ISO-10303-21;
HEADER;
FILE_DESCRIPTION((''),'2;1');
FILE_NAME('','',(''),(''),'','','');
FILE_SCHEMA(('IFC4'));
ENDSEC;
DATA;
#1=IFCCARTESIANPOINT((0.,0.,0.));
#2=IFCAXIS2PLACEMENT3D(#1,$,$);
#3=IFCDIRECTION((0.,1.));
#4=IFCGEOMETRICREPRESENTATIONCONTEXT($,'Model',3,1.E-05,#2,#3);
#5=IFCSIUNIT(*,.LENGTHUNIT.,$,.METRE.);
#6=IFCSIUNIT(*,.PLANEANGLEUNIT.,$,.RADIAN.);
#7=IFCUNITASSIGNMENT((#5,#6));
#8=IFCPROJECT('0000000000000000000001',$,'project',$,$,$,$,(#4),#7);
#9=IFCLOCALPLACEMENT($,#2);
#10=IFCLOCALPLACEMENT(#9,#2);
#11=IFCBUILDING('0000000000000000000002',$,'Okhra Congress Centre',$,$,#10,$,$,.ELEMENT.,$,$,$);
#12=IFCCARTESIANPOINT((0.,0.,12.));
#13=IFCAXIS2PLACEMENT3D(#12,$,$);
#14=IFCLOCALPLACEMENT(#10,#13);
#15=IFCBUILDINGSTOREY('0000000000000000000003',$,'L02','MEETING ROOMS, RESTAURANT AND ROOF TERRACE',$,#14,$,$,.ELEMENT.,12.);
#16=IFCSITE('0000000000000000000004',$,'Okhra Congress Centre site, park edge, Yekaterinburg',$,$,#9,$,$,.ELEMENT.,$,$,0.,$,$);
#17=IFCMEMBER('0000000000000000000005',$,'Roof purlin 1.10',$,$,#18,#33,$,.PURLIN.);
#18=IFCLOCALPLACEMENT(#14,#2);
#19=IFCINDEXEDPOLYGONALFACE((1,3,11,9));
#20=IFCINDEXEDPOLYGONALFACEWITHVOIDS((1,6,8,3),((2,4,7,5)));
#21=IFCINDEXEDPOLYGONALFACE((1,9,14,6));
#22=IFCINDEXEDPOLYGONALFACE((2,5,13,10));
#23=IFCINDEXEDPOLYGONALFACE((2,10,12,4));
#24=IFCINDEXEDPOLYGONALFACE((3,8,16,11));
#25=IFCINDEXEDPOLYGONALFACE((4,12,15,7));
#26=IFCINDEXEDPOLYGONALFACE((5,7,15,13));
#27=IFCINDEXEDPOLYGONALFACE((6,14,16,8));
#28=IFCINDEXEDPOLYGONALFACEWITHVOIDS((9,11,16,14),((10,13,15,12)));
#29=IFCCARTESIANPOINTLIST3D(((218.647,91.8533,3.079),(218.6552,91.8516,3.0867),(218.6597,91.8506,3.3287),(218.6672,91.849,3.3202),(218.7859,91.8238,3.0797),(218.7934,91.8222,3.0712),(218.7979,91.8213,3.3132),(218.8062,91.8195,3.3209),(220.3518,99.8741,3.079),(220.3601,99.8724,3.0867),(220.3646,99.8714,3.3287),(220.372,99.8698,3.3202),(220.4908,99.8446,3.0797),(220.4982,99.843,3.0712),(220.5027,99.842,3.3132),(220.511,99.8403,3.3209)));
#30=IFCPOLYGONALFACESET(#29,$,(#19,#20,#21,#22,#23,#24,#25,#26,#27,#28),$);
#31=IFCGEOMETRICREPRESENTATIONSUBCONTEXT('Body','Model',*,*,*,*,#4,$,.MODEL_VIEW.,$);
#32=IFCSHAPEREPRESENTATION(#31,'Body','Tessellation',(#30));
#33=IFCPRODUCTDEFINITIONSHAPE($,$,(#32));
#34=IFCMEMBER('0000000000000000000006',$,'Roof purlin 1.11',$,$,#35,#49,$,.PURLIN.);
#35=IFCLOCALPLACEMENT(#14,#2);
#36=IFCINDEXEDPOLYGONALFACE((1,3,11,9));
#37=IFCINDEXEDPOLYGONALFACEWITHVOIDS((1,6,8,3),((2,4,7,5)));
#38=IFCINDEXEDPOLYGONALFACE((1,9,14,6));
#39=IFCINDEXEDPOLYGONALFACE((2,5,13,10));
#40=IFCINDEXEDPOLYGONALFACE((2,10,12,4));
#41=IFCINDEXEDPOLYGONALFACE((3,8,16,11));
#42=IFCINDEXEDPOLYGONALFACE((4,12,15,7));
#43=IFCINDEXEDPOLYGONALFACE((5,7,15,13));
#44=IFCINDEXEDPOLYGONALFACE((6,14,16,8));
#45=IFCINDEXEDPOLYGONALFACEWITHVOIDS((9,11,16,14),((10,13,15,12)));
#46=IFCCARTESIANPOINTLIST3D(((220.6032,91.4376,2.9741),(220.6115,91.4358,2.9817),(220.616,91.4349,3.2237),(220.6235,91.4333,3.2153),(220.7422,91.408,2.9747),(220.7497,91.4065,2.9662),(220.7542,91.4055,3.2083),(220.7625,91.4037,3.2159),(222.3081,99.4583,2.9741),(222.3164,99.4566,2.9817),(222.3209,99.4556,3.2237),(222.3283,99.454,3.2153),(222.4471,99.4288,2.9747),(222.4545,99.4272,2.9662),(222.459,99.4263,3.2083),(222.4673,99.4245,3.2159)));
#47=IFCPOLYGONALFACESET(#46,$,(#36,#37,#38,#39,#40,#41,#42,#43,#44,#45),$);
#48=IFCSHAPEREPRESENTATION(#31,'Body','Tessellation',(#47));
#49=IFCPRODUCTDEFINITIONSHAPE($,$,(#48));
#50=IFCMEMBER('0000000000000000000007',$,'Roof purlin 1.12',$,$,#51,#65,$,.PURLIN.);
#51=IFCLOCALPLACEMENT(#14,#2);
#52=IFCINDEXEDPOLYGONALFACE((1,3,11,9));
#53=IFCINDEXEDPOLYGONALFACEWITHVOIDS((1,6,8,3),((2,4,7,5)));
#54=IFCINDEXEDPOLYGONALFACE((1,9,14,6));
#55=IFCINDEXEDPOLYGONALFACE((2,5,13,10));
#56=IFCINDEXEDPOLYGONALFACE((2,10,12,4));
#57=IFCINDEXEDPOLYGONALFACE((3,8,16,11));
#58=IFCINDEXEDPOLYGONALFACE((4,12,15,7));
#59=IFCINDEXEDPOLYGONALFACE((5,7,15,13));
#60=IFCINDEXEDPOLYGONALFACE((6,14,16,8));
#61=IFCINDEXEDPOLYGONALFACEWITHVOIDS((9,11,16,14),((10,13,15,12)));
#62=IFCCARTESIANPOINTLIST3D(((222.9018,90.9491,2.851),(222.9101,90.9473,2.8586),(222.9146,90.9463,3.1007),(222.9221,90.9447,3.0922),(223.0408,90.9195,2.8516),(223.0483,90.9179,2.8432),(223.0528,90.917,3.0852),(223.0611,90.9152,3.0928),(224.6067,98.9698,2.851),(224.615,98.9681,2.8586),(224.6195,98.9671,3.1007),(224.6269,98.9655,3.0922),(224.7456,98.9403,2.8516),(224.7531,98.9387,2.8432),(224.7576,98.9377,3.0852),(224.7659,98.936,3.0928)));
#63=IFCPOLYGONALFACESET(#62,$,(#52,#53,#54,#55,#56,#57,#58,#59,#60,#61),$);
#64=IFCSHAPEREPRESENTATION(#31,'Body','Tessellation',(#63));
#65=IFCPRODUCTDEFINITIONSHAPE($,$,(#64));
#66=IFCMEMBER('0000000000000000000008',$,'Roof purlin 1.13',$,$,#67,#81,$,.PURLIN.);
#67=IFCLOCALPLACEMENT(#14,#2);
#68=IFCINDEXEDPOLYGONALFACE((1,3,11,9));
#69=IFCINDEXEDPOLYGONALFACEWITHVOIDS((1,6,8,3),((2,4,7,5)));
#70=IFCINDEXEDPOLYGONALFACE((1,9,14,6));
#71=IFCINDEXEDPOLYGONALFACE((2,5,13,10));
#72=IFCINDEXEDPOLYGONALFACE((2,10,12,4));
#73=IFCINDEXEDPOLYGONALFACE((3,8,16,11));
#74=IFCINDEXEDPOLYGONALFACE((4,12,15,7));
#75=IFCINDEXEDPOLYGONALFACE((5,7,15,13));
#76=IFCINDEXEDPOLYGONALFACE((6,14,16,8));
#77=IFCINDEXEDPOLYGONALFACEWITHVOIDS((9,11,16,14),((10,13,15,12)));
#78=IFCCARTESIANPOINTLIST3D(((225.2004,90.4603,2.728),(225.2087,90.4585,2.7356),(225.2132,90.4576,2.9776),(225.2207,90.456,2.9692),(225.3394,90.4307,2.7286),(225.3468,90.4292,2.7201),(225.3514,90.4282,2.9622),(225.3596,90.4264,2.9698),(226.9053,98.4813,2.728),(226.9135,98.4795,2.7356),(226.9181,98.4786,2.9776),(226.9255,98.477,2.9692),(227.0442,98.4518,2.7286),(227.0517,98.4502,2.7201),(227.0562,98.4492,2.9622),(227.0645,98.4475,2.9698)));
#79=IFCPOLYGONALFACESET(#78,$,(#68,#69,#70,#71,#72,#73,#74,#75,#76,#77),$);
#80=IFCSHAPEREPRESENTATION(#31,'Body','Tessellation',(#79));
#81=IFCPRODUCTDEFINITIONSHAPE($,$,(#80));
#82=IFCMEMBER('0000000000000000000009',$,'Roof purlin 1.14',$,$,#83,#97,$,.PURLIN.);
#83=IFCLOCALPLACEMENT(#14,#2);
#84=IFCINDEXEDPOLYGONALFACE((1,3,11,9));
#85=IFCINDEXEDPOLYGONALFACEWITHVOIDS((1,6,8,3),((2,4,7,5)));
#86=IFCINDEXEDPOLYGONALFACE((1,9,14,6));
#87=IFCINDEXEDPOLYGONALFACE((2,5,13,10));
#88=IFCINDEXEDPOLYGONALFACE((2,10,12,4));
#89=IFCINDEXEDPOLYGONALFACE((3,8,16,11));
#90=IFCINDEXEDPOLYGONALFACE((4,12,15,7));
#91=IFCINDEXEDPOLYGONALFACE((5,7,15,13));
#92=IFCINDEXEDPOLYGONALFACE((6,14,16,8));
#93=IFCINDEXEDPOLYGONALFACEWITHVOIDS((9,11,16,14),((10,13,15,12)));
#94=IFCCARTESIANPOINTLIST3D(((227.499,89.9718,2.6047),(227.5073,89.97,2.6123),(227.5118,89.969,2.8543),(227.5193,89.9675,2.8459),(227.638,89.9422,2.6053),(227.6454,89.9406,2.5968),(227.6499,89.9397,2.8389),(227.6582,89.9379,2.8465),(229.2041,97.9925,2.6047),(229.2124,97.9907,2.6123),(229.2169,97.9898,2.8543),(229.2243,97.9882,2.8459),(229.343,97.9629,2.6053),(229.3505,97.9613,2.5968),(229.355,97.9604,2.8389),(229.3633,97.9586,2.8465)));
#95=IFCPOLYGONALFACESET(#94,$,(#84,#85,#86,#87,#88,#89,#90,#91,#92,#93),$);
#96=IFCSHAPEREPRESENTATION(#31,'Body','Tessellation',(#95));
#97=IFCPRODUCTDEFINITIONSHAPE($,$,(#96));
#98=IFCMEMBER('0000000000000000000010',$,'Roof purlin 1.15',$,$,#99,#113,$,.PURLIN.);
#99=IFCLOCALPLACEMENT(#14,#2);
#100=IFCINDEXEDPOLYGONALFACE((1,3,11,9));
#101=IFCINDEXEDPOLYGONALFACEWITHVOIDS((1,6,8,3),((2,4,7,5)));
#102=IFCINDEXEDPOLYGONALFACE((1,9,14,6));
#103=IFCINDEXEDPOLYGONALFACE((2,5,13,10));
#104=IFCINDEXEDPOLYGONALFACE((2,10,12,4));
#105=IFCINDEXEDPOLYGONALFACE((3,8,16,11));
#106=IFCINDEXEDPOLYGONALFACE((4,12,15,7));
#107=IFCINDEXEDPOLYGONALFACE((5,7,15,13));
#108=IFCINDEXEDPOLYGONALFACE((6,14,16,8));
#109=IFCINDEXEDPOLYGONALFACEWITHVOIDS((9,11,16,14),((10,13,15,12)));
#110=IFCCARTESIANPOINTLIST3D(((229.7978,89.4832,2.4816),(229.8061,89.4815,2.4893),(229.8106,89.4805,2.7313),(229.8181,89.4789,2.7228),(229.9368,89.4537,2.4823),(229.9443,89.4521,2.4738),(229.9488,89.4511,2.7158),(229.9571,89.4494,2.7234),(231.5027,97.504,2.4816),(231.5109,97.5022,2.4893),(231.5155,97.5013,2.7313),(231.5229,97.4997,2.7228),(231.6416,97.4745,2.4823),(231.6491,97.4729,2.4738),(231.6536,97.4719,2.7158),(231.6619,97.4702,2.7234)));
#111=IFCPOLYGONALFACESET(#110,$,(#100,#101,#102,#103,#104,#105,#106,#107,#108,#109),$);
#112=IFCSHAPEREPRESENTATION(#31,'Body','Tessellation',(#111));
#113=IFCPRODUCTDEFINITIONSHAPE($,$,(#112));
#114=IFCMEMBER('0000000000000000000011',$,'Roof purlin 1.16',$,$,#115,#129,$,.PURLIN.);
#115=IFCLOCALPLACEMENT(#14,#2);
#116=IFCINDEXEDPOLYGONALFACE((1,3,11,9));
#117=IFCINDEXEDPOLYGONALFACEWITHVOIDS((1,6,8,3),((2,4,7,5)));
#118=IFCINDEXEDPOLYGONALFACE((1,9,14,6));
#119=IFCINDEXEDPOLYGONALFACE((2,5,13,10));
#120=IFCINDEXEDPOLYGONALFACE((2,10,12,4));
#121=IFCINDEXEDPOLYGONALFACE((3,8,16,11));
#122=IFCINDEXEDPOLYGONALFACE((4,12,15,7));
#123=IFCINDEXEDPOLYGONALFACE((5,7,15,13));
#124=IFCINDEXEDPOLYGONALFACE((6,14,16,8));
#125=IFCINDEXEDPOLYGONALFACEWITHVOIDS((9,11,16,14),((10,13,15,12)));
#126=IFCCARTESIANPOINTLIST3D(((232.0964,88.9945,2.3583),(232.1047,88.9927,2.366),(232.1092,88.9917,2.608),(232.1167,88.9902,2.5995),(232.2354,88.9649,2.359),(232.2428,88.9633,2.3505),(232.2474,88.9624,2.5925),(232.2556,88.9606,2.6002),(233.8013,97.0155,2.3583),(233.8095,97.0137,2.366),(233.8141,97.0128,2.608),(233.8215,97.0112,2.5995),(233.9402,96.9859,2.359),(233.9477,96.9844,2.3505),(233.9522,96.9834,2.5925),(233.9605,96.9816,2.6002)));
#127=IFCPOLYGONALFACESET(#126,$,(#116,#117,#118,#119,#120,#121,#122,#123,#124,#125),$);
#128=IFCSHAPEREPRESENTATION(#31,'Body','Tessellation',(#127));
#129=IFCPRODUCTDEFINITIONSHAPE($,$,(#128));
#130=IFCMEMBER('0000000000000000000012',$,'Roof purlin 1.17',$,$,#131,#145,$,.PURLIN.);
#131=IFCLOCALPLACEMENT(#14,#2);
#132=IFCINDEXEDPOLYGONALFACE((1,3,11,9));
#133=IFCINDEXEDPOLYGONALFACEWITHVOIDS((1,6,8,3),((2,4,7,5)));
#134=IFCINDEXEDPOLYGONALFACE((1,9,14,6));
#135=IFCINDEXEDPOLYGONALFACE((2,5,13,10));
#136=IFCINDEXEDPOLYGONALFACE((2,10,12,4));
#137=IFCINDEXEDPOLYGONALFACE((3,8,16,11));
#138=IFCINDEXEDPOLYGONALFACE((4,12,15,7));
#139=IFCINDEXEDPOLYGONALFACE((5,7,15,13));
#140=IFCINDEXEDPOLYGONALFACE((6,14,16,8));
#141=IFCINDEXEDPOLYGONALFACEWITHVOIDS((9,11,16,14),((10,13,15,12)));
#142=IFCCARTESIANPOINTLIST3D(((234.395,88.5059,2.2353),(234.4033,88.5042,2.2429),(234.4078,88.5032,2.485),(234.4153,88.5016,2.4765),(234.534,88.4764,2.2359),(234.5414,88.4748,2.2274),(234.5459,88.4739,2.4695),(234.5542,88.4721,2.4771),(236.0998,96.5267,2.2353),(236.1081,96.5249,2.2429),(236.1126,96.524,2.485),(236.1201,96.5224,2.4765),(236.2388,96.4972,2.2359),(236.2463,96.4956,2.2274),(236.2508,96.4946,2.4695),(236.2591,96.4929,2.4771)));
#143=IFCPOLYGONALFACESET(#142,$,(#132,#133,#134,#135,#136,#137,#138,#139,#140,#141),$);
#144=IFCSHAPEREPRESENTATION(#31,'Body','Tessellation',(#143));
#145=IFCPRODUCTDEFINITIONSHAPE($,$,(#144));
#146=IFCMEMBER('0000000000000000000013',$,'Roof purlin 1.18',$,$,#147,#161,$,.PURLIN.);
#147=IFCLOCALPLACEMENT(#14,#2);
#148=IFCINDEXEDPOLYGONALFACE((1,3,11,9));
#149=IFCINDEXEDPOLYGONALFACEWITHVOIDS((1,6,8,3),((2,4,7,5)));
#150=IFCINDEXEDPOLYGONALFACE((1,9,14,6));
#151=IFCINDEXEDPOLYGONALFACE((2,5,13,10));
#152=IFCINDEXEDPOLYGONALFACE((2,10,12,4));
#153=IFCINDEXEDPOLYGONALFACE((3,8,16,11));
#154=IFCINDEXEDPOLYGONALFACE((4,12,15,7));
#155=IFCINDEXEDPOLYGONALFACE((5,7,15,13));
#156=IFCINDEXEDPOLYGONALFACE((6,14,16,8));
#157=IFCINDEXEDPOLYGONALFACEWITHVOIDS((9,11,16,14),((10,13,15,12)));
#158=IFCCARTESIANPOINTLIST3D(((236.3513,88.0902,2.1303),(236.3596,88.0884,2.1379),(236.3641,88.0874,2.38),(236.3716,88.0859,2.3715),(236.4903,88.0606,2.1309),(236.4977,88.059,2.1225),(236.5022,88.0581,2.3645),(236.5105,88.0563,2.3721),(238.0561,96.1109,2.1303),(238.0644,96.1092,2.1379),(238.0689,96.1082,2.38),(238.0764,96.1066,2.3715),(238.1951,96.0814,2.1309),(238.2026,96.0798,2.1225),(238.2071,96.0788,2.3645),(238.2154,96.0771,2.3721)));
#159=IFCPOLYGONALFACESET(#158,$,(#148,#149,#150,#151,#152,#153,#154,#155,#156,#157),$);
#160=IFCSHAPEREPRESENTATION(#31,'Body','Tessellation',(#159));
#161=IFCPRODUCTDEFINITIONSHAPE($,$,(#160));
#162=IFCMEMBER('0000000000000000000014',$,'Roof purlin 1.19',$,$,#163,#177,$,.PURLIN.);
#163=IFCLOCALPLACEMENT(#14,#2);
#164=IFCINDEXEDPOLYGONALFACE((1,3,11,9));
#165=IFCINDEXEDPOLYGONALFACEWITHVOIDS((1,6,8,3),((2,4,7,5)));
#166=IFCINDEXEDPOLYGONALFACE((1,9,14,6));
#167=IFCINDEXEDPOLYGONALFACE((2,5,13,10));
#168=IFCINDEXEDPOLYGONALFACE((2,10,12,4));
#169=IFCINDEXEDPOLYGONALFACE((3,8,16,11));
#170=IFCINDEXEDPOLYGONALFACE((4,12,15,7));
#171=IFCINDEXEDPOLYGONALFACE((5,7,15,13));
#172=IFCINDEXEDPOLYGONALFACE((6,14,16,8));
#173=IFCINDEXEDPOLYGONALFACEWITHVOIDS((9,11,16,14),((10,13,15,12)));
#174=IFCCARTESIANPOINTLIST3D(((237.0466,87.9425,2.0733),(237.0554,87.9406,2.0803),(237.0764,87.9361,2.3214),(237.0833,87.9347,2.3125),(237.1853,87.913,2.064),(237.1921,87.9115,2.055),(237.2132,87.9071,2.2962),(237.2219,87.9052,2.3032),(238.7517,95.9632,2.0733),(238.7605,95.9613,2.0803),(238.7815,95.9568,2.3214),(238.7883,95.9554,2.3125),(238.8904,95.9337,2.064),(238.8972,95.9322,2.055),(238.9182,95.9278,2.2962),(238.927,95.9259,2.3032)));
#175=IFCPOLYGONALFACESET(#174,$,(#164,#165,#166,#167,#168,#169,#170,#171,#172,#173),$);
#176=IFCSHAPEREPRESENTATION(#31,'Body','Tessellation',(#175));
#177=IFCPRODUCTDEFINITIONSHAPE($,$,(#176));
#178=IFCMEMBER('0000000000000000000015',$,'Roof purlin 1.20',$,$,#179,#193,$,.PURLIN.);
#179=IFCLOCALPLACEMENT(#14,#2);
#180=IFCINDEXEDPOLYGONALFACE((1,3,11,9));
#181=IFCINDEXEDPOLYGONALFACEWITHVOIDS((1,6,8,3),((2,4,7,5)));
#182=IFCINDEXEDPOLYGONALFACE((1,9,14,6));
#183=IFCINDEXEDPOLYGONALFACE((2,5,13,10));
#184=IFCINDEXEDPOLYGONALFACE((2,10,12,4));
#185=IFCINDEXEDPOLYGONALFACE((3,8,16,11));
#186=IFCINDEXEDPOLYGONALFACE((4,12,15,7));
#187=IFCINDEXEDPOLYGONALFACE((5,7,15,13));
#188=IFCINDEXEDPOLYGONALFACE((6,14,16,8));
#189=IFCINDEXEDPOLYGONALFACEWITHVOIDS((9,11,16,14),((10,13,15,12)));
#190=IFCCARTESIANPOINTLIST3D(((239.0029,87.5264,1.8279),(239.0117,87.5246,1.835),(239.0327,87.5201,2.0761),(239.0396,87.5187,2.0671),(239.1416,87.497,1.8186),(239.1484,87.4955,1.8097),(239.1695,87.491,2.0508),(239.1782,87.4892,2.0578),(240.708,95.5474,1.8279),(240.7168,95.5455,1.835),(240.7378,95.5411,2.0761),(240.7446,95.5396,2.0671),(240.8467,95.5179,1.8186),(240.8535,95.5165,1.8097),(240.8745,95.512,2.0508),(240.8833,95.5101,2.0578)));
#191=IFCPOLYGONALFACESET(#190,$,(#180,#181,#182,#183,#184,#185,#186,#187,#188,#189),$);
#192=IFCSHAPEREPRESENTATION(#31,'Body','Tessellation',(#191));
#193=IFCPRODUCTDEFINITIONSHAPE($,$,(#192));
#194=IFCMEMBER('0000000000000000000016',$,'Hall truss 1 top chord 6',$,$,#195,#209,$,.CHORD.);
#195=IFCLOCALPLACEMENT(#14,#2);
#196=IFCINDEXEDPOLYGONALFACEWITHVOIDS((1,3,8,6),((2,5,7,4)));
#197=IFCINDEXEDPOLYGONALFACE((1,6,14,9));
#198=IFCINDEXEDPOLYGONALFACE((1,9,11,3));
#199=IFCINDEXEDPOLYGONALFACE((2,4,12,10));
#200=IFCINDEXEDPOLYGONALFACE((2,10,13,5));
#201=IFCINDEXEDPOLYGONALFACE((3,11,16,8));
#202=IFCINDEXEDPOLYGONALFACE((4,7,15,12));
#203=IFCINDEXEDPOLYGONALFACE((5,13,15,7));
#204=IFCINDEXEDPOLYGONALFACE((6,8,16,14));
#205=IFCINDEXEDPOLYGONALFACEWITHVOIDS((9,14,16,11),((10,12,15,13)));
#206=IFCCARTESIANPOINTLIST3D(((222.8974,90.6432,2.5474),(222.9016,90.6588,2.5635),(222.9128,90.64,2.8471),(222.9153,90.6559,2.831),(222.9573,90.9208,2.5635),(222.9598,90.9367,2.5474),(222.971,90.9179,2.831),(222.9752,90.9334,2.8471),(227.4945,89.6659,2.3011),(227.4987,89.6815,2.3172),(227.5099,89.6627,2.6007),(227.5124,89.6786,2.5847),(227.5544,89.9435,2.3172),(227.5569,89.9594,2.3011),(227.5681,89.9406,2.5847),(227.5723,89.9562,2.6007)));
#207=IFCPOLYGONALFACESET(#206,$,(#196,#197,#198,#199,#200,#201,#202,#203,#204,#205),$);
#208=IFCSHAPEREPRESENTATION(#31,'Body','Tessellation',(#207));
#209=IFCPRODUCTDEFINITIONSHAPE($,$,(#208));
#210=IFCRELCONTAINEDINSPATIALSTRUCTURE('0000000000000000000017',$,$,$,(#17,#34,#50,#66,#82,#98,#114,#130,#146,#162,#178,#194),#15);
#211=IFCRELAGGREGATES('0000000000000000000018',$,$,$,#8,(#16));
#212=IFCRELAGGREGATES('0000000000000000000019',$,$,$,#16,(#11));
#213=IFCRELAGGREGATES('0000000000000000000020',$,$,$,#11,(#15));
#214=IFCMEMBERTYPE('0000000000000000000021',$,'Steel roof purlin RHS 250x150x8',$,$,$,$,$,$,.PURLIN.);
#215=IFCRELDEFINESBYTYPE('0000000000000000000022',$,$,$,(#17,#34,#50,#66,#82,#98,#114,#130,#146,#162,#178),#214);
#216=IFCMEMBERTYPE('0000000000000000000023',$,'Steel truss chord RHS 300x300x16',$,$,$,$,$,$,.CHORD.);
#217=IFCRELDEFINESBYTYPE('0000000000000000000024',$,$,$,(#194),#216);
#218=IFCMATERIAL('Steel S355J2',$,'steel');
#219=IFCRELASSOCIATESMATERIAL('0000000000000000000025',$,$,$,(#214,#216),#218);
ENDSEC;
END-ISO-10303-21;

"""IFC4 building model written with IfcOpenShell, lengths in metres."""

from ifc_helpers import new_model, si_unit, direction, frame, origin, origin_2d, place, context, subcontext, project, spatial, hollow_rectangle, extrude, material, material_profile, profile_set, type_object, element, save


model = new_model("IFC4")

# Units and contexts
model_context = context("Model", 3, precision=1e-05, world=origin(), true_north=direction((0.0, 1.0)))
body_context = subcontext(model_context, "Body", "Model", "MODEL_VIEW")
ifc_project = project(units=[si_unit("LENGTHUNIT", "METRE"), si_unit("PLANEANGLEUNIT", "RADIAN")], contexts=[model_context])

# Site, building, storey
site_placement = place(None, origin())
site = spatial("IfcSite", under=ifc_project, at=site_placement, Name="Okhra Congress Centre site, park edge, Yekaterinburg", CompositionType="ELEMENT", RefElevation=0.0)
building_placement = place(site_placement, origin())
building = spatial("IfcBuilding", under=site, at=building_placement, Name="Okhra Congress Centre", CompositionType="ELEMENT")
storey_placement = place(building_placement, frame((0.0, 0.0, 12.0)))
storey = spatial("IfcBuildingStorey", under=building, at=storey_placement, Name="L02", Description="MEETING ROOMS, RESTAURANT AND ROOF TERRACE", CompositionType="ELEMENT", Elevation=12.0)

# Members
ifc_material_1 = material(Name="Steel S355J2", Category="steel")
ifc_material_profile_1 = material_profile(ifc_material_1, hollow_rectangle(XDim=0.1499, YDim=0.25, WallThickness=0.0081, at=origin_2d()), Name="RHS 250x150x8")
ifc_profile_set_1 = profile_set([ifc_material_profile_1], Name="Steel S355J2")
member_type_1 = type_object("IfcMemberType", Name="Steel roof purlin RHS 250x150x8", PredefinedType="PURLIN", material=ifc_profile_set_1)
for number, where, z_axis, x_axis, name in (
    (1, (218.7266, 91.8364, 3.2), (0.207908, 0.978148, 0.0), (-0.976808, 0.207623, 0.052336), "Roof purlin 1.10"),
    (2, (220.6829, 91.4207, 3.095), (0.207908, 0.978148, 0.0), (-0.976808, 0.207623, 0.052336), "Roof purlin 1.11"),
    (3, (222.9814, 90.9321, 2.9719), (0.207908, 0.978148, 0.0), (-0.976808, 0.207623, 0.052336), "Roof purlin 1.12"),
):
    element("IfcMember", number, at=place(storey_placement, frame(where, z_axis=z_axis, x_axis=x_axis)), inside=storey, type_object=member_type_1, Name=name, PredefinedType="PURLIN", context=body_context, shape_type="SweptSolid", body=[
        extrude(hollow_rectangle(XDim=0.1499, YDim=0.25, WallThickness=0.0081, at=origin_2d()), origin(), (0.0, 0.0, 1.0), 8.2),
    ])
member_1_placement = place(storey_placement, frame((225.28, 90.4434, 2.8489), z_axis=(0.207902, 0.97815, 0.0), x_axis=(-0.976809, 0.207617, 0.052336)))
element("IfcMember", 4, at=member_1_placement, inside=storey, type_object=member_type_1, Name="Roof purlin 1.13", PredefinedType="PURLIN", context=body_context, shape_type="SweptSolid", body=[
    extrude(hollow_rectangle(XDim=0.1499, YDim=0.25, WallThickness=0.0081, at=origin_2d()), origin(), (0.0, 0.0, 1.0), 8.2002),
])
for number, where, z_axis, x_axis, name in (
    (5, (227.5786, 89.9548, 2.7256), (0.207937, 0.978142, 0.0), (-0.976802, 0.207652, 0.052336), "Roof purlin 1.14"),
    (6, (229.8774, 89.4663, 2.6025), (0.207908, 0.978148, 0.0), (-0.976808, 0.207623, 0.052336), "Roof purlin 1.15"),
):
    element("IfcMember", number, at=place(storey_placement, frame(where, z_axis=z_axis, x_axis=x_axis)), inside=storey, type_object=member_type_1, Name=name, PredefinedType="PURLIN", context=body_context, shape_type="SweptSolid", body=[
        extrude(hollow_rectangle(XDim=0.1499, YDim=0.25, WallThickness=0.0081, at=origin_2d()), origin(), (0.0, 0.0, 1.0), 8.2),
    ])
member_2_placement = place(storey_placement, frame((232.176, 88.9775, 2.4792), z_axis=(0.207902, 0.97815, 0.0), x_axis=(-0.976809, 0.207617, 0.052336)))
element("IfcMember", 7, at=member_2_placement, inside=storey, type_object=member_type_1, Name="Roof purlin 1.16", PredefinedType="PURLIN", context=body_context, shape_type="SweptSolid", body=[
    extrude(hollow_rectangle(XDim=0.1499, YDim=0.25, WallThickness=0.0081, at=origin_2d()), origin(), (0.0, 0.0, 1.0), 8.2002),
])
for number, where, z_axis, x_axis, name in (
    (8, (234.4746, 88.489, 2.3562), (0.207908, 0.978148, 0.0), (-0.976808, 0.207623, 0.052336), "Roof purlin 1.17"),
    (9, (236.4309, 88.0732, 2.2512), (0.207908, 0.978148, 0.0), (-0.976808, 0.207623, 0.052336), "Roof purlin 1.18"),
    (10, (237.1343, 87.9238, 2.1882), (0.207937, 0.978142, 0.0), (-0.970851, 0.206387, 0.121869), "Roof purlin 1.19"),
):
    element("IfcMember", number, at=place(storey_placement, frame(where, z_axis=z_axis, x_axis=x_axis)), inside=storey, type_object=member_type_1, Name=name, PredefinedType="PURLIN", context=body_context, shape_type="SweptSolid", body=[
        extrude(hollow_rectangle(XDim=0.1499, YDim=0.25, WallThickness=0.0081, at=origin_2d()), origin(), (0.0, 0.0, 1.0), 8.2),
    ])
member_3_placement = place(storey_placement, frame((239.0906, 87.5078, 1.9429), z_axis=(0.207931, 0.978144, 0.0), x_axis=(-0.970853, 0.206381, 0.121869)))
element("IfcMember", 11, at=member_3_placement, inside=storey, type_object=member_type_1, Name="Roof purlin 1.20", PredefinedType="PURLIN", context=body_context, shape_type="SweptSolid", body=[
    extrude(hollow_rectangle(XDim=0.1499, YDim=0.25, WallThickness=0.0081, at=origin_2d()), origin(), (0.0, 0.0, 1.0), 8.2002),
])
ifc_material_profile_2 = material_profile(ifc_material_1, hollow_rectangle(XDim=0.3, YDim=0.3, WallThickness=0.0161, at=origin_2d()), Name="RHS 300x300x16")
ifc_profile_set_2 = profile_set([ifc_material_profile_2], Name="Steel S355J2")
member_type_2 = type_object("IfcMemberType", Name="Steel truss chord RHS 300x300x16", PredefinedType="CHORD", material=ifc_profile_set_2)
member_4_placement = place(storey_placement, frame((222.9363, 90.7883, 2.6973), z_axis=(0.976801, -0.207654, -0.052342), x_axis=(0.20794, 0.978142, 0.0)))
element("IfcMember", 12, at=member_4_placement, inside=storey, type_object=member_type_2, Name="Hall truss 1 top chord 6", PredefinedType="CHORD", context=body_context, shape_type="SweptSolid", body=[
    extrude(hollow_rectangle(XDim=0.3, YDim=0.3, WallThickness=0.0161, at=origin_2d()), origin(), (0.0, 0.0, 1.0), 4.7063),
])

save(model, "model.ifc")
